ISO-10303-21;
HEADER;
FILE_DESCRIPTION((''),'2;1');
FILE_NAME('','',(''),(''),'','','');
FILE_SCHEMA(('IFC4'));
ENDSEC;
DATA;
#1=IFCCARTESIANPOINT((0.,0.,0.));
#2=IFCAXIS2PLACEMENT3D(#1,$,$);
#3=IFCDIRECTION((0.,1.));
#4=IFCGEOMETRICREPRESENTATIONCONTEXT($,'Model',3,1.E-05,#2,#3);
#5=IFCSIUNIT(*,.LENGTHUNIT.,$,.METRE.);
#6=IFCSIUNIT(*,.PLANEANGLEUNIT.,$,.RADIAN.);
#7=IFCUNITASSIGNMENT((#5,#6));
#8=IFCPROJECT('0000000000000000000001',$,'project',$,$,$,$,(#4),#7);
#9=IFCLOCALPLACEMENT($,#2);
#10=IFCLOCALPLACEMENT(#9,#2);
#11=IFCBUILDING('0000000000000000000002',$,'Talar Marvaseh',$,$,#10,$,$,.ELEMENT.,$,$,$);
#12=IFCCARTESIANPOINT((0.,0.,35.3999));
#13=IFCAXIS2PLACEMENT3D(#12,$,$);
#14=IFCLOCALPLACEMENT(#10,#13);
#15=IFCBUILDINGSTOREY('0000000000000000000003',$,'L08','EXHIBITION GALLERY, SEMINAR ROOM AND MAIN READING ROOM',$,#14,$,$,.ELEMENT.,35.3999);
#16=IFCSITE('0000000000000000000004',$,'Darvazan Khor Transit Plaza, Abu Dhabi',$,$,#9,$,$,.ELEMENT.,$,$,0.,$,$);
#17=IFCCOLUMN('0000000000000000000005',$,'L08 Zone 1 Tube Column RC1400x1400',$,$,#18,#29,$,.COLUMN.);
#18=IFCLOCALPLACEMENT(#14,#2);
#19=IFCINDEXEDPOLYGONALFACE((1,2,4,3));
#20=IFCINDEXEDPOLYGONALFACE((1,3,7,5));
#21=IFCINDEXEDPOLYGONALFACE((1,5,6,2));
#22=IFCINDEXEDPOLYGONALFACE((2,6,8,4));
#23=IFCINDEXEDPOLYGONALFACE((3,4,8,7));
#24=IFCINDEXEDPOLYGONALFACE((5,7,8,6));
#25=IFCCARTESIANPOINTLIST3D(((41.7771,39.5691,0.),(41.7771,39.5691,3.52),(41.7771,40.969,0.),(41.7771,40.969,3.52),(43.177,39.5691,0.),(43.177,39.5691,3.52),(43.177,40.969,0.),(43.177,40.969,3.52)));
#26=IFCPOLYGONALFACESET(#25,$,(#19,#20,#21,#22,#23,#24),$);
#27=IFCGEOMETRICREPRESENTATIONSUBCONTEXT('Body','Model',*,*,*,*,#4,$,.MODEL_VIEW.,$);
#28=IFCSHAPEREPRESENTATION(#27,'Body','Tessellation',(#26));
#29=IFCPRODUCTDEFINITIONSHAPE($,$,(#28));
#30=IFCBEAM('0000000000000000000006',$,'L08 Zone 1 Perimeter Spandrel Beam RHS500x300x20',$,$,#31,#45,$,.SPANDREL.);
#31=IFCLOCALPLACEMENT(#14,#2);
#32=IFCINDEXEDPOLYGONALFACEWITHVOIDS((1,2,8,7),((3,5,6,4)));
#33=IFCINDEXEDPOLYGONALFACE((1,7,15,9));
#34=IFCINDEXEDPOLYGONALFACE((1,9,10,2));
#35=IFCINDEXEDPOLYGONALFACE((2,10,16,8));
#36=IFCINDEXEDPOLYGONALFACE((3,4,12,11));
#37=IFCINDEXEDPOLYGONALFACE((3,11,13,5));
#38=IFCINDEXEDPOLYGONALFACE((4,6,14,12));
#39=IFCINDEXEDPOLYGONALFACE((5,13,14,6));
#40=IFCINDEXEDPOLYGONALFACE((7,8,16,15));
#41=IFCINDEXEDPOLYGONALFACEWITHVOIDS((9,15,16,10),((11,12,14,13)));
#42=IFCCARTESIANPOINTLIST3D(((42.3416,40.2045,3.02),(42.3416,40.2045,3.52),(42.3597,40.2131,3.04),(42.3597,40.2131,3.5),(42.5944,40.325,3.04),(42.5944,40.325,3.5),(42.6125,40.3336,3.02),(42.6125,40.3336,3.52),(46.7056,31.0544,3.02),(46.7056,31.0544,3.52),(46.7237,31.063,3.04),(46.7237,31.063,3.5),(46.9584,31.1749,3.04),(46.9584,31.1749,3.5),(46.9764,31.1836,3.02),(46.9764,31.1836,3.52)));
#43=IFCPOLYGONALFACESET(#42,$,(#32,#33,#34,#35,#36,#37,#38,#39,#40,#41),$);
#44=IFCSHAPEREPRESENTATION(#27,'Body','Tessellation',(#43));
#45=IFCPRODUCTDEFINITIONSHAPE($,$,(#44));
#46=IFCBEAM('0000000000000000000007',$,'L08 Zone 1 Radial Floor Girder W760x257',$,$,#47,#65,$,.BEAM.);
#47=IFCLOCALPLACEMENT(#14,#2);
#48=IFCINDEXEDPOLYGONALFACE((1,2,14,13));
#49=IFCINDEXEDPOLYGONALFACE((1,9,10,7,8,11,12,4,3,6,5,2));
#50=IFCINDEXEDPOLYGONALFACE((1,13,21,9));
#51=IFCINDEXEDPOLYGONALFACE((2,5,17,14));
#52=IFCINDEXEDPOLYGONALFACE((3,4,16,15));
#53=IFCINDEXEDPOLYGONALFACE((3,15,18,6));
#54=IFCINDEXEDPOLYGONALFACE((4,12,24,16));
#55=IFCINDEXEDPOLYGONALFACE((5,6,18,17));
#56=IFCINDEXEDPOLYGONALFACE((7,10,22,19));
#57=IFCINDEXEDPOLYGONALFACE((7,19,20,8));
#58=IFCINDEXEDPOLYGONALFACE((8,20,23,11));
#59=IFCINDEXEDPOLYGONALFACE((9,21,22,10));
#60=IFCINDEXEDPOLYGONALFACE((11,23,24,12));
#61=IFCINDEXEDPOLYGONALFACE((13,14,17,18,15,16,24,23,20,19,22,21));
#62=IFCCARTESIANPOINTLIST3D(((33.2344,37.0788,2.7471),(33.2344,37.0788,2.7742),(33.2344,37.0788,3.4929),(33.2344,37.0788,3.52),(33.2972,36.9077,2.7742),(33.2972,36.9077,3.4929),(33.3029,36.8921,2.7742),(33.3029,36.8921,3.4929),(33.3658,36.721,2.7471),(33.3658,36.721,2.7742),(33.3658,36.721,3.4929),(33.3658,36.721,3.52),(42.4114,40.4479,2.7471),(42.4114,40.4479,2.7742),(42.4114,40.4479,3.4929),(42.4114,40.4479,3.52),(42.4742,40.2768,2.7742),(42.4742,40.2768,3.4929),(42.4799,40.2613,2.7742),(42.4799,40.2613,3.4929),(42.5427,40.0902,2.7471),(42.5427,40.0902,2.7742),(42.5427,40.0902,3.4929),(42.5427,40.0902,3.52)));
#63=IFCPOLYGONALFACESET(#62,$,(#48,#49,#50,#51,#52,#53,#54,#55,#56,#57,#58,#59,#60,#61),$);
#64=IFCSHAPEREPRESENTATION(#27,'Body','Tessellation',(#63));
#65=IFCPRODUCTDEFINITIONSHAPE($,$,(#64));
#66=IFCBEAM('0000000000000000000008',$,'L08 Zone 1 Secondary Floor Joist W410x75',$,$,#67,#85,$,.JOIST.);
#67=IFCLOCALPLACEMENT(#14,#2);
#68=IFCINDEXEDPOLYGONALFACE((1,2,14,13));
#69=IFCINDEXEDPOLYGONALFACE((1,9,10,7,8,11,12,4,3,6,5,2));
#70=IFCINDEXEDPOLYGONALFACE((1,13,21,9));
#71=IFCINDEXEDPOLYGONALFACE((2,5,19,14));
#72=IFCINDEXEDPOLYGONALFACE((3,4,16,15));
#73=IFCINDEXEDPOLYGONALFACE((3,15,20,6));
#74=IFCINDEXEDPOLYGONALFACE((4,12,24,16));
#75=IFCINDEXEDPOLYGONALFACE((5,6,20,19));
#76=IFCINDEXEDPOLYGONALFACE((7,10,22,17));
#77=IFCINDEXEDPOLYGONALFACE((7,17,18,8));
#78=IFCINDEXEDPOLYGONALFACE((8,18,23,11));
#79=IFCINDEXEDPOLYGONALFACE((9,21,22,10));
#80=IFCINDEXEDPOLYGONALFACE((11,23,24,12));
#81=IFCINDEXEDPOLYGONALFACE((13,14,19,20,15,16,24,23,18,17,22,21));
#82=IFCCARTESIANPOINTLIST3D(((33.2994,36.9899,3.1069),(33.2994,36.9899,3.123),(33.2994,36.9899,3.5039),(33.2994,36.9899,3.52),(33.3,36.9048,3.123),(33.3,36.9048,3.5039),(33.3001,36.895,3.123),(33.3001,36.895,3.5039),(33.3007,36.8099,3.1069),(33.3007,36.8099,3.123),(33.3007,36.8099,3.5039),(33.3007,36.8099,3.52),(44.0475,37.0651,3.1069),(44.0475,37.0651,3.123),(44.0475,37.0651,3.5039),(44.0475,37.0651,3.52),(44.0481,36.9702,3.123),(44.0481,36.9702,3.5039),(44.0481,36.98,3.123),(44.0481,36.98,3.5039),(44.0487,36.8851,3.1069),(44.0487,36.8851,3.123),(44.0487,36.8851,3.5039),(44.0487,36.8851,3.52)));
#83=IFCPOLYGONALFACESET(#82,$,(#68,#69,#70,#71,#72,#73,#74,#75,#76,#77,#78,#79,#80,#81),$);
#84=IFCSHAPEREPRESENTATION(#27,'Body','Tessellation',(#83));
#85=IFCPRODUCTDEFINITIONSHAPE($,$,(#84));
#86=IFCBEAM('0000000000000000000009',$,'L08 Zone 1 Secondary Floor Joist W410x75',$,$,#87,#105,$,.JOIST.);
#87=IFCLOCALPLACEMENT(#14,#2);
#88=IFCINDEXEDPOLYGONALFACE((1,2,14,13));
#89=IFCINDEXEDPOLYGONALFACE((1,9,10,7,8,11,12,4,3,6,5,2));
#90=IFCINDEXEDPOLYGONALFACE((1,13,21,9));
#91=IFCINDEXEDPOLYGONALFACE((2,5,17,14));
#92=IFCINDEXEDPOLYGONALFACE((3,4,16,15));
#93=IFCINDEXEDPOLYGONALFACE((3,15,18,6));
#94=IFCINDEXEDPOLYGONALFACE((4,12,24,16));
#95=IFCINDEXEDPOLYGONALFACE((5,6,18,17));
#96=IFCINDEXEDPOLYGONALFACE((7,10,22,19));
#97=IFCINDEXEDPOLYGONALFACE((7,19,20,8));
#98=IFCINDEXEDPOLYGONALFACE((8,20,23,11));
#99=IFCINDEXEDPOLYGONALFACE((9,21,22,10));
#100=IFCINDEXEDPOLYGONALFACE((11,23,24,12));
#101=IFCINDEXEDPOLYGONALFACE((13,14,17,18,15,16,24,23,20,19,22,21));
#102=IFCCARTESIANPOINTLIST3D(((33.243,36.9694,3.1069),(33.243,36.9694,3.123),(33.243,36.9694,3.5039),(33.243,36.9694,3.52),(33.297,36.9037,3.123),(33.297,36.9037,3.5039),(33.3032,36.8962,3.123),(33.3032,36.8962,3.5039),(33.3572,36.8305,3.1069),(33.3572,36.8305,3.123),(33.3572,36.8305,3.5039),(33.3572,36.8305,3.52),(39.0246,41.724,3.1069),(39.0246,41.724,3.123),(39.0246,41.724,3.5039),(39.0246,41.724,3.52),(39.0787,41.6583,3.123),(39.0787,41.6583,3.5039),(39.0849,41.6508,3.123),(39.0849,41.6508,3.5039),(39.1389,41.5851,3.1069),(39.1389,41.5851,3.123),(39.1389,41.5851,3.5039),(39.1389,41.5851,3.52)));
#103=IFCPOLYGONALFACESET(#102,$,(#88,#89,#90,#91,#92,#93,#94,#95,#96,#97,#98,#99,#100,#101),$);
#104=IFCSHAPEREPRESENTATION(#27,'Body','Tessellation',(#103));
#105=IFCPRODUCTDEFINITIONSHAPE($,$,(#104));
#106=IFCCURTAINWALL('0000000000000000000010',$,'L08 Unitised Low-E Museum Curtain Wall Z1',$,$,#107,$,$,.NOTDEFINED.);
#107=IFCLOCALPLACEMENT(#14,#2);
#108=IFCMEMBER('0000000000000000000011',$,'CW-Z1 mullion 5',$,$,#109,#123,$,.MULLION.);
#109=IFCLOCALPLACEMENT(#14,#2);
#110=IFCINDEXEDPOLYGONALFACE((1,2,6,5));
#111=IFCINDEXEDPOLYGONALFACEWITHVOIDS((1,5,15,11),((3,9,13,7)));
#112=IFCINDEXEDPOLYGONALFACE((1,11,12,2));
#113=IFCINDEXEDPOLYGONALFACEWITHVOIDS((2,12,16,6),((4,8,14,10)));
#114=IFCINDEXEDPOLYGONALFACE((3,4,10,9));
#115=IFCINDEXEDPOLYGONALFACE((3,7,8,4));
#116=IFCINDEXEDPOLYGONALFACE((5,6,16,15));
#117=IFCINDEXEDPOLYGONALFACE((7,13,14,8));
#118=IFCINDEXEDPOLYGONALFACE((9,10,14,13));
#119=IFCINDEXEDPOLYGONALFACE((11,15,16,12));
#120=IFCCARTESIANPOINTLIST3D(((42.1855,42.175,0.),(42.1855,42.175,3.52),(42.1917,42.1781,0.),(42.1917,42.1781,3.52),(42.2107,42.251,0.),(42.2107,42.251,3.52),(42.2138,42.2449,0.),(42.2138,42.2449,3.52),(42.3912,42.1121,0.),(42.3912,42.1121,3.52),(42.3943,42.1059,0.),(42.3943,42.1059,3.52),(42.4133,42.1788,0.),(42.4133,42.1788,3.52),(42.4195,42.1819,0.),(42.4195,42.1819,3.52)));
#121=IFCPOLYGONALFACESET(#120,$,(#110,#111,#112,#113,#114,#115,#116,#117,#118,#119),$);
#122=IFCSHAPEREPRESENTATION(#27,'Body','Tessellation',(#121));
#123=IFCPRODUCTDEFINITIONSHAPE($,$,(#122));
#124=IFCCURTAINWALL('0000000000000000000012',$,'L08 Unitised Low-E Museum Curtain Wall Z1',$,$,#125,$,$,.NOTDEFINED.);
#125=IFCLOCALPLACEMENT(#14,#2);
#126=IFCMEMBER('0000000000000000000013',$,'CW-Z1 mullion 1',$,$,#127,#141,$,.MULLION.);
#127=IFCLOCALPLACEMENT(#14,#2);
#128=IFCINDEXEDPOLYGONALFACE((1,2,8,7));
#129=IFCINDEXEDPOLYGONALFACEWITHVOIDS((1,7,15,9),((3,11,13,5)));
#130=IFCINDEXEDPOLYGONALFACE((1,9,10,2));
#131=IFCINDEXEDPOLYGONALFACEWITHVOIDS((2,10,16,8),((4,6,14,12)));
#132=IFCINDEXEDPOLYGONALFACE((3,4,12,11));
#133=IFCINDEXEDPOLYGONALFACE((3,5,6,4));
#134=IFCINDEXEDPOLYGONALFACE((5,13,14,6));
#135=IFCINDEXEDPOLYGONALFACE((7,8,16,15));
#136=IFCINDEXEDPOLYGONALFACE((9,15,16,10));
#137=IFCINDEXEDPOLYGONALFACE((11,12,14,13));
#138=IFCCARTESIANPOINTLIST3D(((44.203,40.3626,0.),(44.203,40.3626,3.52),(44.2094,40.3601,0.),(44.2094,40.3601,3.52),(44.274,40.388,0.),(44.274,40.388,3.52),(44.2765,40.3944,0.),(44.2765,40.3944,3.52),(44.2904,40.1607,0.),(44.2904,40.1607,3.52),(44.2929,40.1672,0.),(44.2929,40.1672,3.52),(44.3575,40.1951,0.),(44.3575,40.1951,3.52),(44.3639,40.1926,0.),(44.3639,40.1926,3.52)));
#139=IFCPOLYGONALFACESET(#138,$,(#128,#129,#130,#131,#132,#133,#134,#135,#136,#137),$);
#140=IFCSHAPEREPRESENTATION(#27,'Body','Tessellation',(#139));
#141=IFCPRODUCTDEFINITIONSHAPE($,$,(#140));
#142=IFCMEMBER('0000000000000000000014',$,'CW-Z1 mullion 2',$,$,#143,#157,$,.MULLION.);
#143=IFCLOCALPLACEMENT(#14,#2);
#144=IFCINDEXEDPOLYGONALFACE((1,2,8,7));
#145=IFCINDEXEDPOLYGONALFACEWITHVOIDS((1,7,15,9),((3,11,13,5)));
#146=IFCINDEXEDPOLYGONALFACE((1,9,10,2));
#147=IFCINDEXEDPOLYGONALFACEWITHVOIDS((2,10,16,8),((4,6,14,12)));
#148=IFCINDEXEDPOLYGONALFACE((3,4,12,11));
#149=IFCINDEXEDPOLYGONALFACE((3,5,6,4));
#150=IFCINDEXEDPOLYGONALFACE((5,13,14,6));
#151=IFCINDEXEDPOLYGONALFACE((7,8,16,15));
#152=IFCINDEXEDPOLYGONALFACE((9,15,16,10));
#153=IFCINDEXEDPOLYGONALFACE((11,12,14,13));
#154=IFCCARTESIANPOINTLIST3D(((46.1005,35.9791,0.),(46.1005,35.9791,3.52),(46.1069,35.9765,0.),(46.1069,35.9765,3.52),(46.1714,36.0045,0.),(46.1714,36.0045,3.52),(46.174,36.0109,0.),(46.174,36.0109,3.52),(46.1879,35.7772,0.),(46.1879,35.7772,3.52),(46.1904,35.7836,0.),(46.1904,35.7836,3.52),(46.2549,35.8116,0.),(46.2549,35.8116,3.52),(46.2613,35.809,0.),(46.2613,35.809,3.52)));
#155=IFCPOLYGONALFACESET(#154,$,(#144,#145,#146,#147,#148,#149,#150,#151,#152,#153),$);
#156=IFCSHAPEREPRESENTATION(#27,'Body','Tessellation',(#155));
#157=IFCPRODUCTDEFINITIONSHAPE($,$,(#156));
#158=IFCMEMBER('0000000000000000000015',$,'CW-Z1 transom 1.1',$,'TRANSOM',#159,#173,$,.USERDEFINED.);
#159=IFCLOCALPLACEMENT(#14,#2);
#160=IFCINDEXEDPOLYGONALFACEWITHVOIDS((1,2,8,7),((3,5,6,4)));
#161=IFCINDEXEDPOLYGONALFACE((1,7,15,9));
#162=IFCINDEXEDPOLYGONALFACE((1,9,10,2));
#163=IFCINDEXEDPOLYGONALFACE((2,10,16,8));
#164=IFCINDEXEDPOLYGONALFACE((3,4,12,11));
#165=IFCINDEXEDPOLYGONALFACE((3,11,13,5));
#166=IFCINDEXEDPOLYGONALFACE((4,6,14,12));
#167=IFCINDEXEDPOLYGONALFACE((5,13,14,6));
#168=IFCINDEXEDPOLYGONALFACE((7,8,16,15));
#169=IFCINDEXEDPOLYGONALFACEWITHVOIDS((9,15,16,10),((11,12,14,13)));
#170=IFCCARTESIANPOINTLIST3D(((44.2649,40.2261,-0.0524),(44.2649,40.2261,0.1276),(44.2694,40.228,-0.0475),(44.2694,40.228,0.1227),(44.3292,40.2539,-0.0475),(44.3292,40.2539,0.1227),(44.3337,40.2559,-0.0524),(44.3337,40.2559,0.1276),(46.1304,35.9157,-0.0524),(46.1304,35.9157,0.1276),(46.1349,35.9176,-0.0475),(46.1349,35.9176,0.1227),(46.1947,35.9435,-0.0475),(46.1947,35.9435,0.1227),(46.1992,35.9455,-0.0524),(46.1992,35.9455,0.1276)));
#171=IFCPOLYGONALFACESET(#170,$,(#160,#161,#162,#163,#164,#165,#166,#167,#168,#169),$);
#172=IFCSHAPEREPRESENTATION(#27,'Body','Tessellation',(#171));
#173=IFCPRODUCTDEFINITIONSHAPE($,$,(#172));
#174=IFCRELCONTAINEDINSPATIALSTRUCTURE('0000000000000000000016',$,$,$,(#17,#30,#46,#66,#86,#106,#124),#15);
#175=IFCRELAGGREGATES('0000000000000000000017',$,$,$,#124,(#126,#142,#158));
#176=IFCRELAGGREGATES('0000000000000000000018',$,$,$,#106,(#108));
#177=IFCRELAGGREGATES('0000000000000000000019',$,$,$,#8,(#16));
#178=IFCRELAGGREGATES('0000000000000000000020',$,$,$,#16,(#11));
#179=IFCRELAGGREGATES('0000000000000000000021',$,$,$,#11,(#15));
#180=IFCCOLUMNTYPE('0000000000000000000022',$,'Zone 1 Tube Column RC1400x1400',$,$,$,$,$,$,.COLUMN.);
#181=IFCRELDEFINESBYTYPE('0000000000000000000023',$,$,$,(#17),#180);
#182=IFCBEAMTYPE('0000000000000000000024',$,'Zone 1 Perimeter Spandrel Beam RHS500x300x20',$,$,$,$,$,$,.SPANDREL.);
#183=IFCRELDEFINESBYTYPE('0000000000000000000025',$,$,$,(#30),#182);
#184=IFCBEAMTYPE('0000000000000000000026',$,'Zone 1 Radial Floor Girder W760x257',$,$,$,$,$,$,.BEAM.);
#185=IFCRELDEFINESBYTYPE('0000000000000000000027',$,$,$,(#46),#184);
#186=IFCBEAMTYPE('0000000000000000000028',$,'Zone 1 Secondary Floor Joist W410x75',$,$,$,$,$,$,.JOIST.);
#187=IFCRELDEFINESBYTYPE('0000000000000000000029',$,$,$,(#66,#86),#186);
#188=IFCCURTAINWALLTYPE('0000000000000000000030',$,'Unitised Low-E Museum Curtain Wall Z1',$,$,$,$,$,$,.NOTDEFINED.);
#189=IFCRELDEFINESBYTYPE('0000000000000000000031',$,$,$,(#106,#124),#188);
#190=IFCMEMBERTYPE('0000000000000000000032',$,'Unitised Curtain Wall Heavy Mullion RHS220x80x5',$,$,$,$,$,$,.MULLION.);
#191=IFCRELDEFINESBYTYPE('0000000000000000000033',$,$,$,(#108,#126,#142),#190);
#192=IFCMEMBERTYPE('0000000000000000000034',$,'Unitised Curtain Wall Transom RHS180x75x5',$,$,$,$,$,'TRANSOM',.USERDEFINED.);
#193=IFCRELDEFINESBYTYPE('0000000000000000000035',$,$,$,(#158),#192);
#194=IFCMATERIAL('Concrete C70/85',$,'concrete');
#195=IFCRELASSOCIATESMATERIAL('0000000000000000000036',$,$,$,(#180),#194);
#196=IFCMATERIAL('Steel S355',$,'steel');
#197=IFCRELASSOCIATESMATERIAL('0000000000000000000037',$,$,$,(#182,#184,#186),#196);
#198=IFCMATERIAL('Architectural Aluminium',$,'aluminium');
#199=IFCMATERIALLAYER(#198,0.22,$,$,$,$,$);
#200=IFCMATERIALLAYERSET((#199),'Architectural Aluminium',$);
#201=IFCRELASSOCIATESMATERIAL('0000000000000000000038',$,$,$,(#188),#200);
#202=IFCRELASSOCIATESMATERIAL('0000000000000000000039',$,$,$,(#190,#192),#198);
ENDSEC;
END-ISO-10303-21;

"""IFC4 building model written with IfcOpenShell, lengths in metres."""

from ifc_helpers import new_model, si_unit, direction, frame, origin, origin_2d, place, context, subcontext, project, spatial, rectangle, hollow_rectangle, i_section, extrude, source, transform, mapped, material, layer, layer_set, material_profile, profile_set, type_object, type_shapes, element, aggregate, save


model = new_model("IFC4")

# Units and contexts
model_context = context("Model", 3, precision=1e-05, world=origin(), true_north=direction((0.0, 1.0)))
body_context = subcontext(model_context, "Body", "Model", "MODEL_VIEW")
ifc_project = project(units=[si_unit("LENGTHUNIT", "METRE"), si_unit("PLANEANGLEUNIT", "RADIAN")], contexts=[model_context])

# Site, building, storey
site_placement = place(None, origin())
site = spatial("IfcSite", under=ifc_project, at=site_placement, Name="Darvazan Khor Transit Plaza, Abu Dhabi", CompositionType="ELEMENT", RefElevation=0.0)
building_placement = place(site_placement, origin())
building = spatial("IfcBuilding", under=site, at=building_placement, Name="Talar Marvaseh", CompositionType="ELEMENT")
storey_placement = place(building_placement, frame((0.0, 0.0, 35.3999)))
storey = spatial("IfcBuildingStorey", under=building, at=storey_placement, Name="L08", Description="EXHIBITION GALLERY, SEMINAR ROOM AND MAIN READING ROOM", CompositionType="ELEMENT", Elevation=35.3999)

# Column
ifc_material_1 = material(Name="Concrete C70/85", Category="concrete")
ifc_material_profile_1 = material_profile(ifc_material_1, rectangle(XDim=1.3999, YDim=1.3999, at=origin_2d()), Name="RC1400x1400")
ifc_profile_set_1 = profile_set([ifc_material_profile_1], Name="Concrete C70/85")
column_type = type_object("IfcColumnType", Name="Zone 1 Tube Column RC1400x1400", PredefinedType="COLUMN", material=ifc_profile_set_1)
column_placement = place(storey_placement, frame((42.4771, 40.269, 0.0), z_axis=(0.0, 0.0, 1.0), x_axis=(1.0, 0.0, 0.0)))
element("IfcColumn", 1, at=column_placement, inside=storey, type_object=column_type, Name="L08 Zone 1 Tube Column RC1400x1400", PredefinedType="COLUMN", context=body_context, shape_type="SweptSolid", body=[
    extrude(rectangle(XDim=1.3999, YDim=1.3999, at=origin_2d()), origin(), (0.0, 0.0, 1.0), 3.52),
])

# Beams
ifc_material_2 = material(Name="Steel S355", Category="steel")
ifc_material_profile_2 = material_profile(ifc_material_2, hollow_rectangle(XDim=0.3, YDim=0.5, WallThickness=0.02, at=origin_2d()), Name="RHS500x300x20")
ifc_profile_set_2 = profile_set([ifc_material_profile_2], Name="Steel S355")
beam_type_1 = type_object("IfcBeamType", Name="Zone 1 Perimeter Spandrel Beam RHS500x300x20", PredefinedType="SPANDREL", material=ifc_profile_set_2)
beam_1_placement = place(storey_placement, frame((42.4771, 40.269, 3.27), z_axis=(0.43048, -0.9026, 0.0), x_axis=(0.9026, 0.43048, 0.0)))
element("IfcBeam", 2, at=beam_1_placement, inside=storey, type_object=beam_type_1, Name="L08 Zone 1 Perimeter Spandrel Beam RHS500x300x20", PredefinedType="SPANDREL", context=body_context, shape_type="SweptSolid", body=[
    extrude(hollow_rectangle(XDim=0.3, YDim=0.5, WallThickness=0.02, at=origin_2d()), origin(), (0.0, 0.0, 1.0), 10.1375),
])
ifc_material_profile_3 = material_profile(ifc_material_2, i_section(OverallWidth=0.3811, OverallDepth=0.7729, WebThickness=0.0166, FlangeThickness=0.0271, at=origin_2d()), Name="W760x257")
ifc_profile_set_3 = profile_set([ifc_material_profile_3], Name="Steel S355")
beam_type_2 = type_object("IfcBeamType", Name="Zone 1 Radial Floor Girder W760x257", PredefinedType="BEAM", material=ifc_profile_set_3)
beam_2_placement = place(storey_placement, frame((42.4771, 40.269, 3.1335), z_axis=(-0.938736, -0.344637, 0.0), x_axis=(0.344637, -0.938736, 0.0)))
element("IfcBeam", 3, at=beam_2_placement, inside=storey, type_object=beam_type_2, Name="L08 Zone 1 Radial Floor Girder W760x257", PredefinedType="BEAM", context=body_context, shape_type="SweptSolid", body=[
    extrude(i_section(OverallWidth=0.3811, OverallDepth=0.7729, WebThickness=0.0166, FlangeThickness=0.0271, at=origin_2d()), origin(), (0.0, 0.0, 1.0), 9.7759),
])
ifc_material_profile_4 = material_profile(ifc_material_2, i_section(OverallWidth=0.1799, OverallDepth=0.4131, WebThickness=0.0098, FlangeThickness=0.0161, at=origin_2d()), Name="W410x75")
ifc_profile_set_4 = profile_set([ifc_material_profile_4], Name="Steel S355")
beam_type_3 = type_object("IfcBeamType", Name="Zone 1 Secondary Floor Joist W410x75", PredefinedType="JOIST", material=ifc_profile_set_4)
beam_3_placement = place(storey_placement, frame((44.0481, 36.9751, 3.3135), z_axis=(-0.999976, -0.006996, 0.0), x_axis=(0.006996, -0.999976, 0.0)))
element("IfcBeam", 4, at=beam_3_placement, inside=storey, type_object=beam_type_3, Name="L08 Zone 1 Secondary Floor Joist W410x75", PredefinedType="JOIST", context=body_context, shape_type="SweptSolid", body=[
    extrude(i_section(OverallWidth=0.1799, OverallDepth=0.4131, WebThickness=0.0098, FlangeThickness=0.0161, at=origin_2d()), origin(), (0.0, 0.0, 1.0), 10.7483),
])
beam_4_placement = place(storey_placement, frame((39.0818, 41.6545, 3.3135), z_axis=(-0.772375, -0.635166, 0.0), x_axis=(0.635166, -0.772375, 0.0)))
element("IfcBeam", 5, at=beam_4_placement, inside=storey, type_object=beam_type_3, Name="L08 Zone 1 Secondary Floor Joist W410x75", PredefinedType="JOIST", context=body_context, shape_type="SweptSolid", body=[
    extrude(i_section(OverallWidth=0.1799, OverallDepth=0.4131, WebThickness=0.0098, FlangeThickness=0.0161, at=origin_2d()), origin(), (0.0, 0.0, 1.0), 7.4856),
])

# Curtain wall, member
ifc_material_3 = material(Name="Architectural Aluminium", Category="aluminium")
ifc_layer_1 = layer(ifc_material_3, 0.22)
ifc_layer_set_1 = layer_set([ifc_layer_1], Name="Architectural Aluminium")
curtain_wall_type = type_object("IfcCurtainWallType", Name="Unitised Low-E Museum Curtain Wall Z1", PredefinedType="NOTDEFINED", material=ifc_layer_set_1)
curtain_wall_1_placement = place(storey_placement, origin())
curtain_wall_1 = element("IfcCurtainWall", 6, at=curtain_wall_1_placement, inside=storey, type_object=curtain_wall_type, Name="L08 Unitised Low-E Museum Curtain Wall Z1", PredefinedType="NOTDEFINED")
ifc_material_profile_5 = material_profile(ifc_material_3, hollow_rectangle(XDim=0.0801, YDim=0.22, WallThickness=0.0049, at=origin_2d()), Name="RHS220x80x5")
ifc_profile_set_5 = profile_set([ifc_material_profile_5], Name="Architectural Aluminium")
member_type_1 = type_object("IfcMemberType", Name="Unitised Curtain Wall Heavy Mullion RHS220x80x5", PredefinedType="MULLION", material=ifc_profile_set_5)
shared_shape_1 = source(origin(), body_context, "Body", "SweptSolid", [
    extrude(hollow_rectangle(XDim=0.0801, YDim=0.22, WallThickness=0.0049, at=origin_2d()), origin(), (0.0, 0.0, 1.0), 3.52),
])
type_shapes(member_type_1, [shared_shape_1])
member_1_placement = place(storey_placement, frame((42.3025, 42.1785, 0.0), z_axis=(0.0, 0.0, 1.0), x_axis=(0.314288, 0.949328, 0.0)))
member_1 = element("IfcMember", 7, at=member_1_placement, type_object=member_type_1, Name="CW-Z1 mullion 5", PredefinedType="MULLION", context=body_context, shape_type="MappedRepresentation", body=[
    mapped(shared_shape_1, transform((0.0, 0.0, 0.0), x_axis=(1.0, 0.0, 0.0), y_axis=(0.0, 1.0, 0.0), z_axis=(0.0, 0.0, 1.0), scale=1.0)),
])

# Curtain wall, members
curtain_wall_2_placement = place(storey_placement, origin())
curtain_wall_2 = element("IfcCurtainWall", 8, at=curtain_wall_2_placement, inside=storey, type_object=curtain_wall_type, Name="L08 Unitised Low-E Museum Curtain Wall Z1", PredefinedType="NOTDEFINED")
member_2_placement = place(storey_placement, frame((44.2834, 40.2776, 0.0), z_axis=(0.0, 0.0, 1.0), x_axis=(0.917728, 0.39721, 0.0)))
member_2 = element("IfcMember", 9, at=member_2_placement, type_object=member_type_1, Name="CW-Z1 mullion 1", PredefinedType="MULLION", context=body_context, shape_type="MappedRepresentation", body=[
    mapped(shared_shape_1, transform((0.0, 0.0, 0.0), x_axis=(1.0, 0.0, 0.0), y_axis=(0.0, 1.0, 0.0), z_axis=(0.0, 0.0, 1.0), scale=1.0)),
])
member_3_placement = place(storey_placement, frame((46.1809, 35.894, 0.0), z_axis=(0.0, 0.0, 1.0), x_axis=(0.917728, 0.39721, 0.0)))
member_3 = element("IfcMember", 10, at=member_3_placement, type_object=member_type_1, Name="CW-Z1 mullion 2", PredefinedType="MULLION", context=body_context, shape_type="MappedRepresentation", body=[
    mapped(shared_shape_1, transform((0.0, 0.0, 0.0), x_axis=(1.0, 0.0, 0.0), y_axis=(0.0, 1.0, 0.0), z_axis=(0.0, 0.0, 1.0), scale=1.0)),
])
ifc_material_profile_6 = material_profile(ifc_material_3, hollow_rectangle(XDim=0.075, YDim=0.1799, WallThickness=0.0049, at=origin_2d()), Name="RHS180x75x5")
ifc_profile_set_6 = profile_set([ifc_material_profile_6], Name="Architectural Aluminium")
member_type_2 = type_object("IfcMemberType", Name="Unitised Curtain Wall Transom RHS180x75x5", ElementType="TRANSOM", PredefinedType="USERDEFINED", material=ifc_profile_set_6)
shared_shape_2 = source(origin(), body_context, "Body", "SweptSolid", [
    extrude(hollow_rectangle(XDim=0.075, YDim=0.1799, WallThickness=0.0049, at=origin_2d()), origin(), (0.0, 0.0, 1.0), 4.6968),
])
member_4_placement = place(storey_placement, frame((44.2993, 40.241, 0.0376), z_axis=(0.397192, -0.917736, 0.0), x_axis=(0.917736, 0.397192, 0.0)))
member_4 = element("IfcMember", 11, at=member_4_placement, type_object=member_type_2, Name="CW-Z1 transom 1.1", ObjectType="TRANSOM", PredefinedType="USERDEFINED", context=body_context, shape_type="MappedRepresentation", body=[
    mapped(shared_shape_2, transform((0.0, 0.0, 0.0), x_axis=(1.0, 0.0, 0.0), y_axis=(0.0, 1.0, 0.0), z_axis=(0.0, 0.0, 1.0), scale=1.0)),
])

aggregate(curtain_wall_2, [member_2, member_3, member_4])
aggregate(curtain_wall_1, [member_1])

save(model, "model.ifc")
